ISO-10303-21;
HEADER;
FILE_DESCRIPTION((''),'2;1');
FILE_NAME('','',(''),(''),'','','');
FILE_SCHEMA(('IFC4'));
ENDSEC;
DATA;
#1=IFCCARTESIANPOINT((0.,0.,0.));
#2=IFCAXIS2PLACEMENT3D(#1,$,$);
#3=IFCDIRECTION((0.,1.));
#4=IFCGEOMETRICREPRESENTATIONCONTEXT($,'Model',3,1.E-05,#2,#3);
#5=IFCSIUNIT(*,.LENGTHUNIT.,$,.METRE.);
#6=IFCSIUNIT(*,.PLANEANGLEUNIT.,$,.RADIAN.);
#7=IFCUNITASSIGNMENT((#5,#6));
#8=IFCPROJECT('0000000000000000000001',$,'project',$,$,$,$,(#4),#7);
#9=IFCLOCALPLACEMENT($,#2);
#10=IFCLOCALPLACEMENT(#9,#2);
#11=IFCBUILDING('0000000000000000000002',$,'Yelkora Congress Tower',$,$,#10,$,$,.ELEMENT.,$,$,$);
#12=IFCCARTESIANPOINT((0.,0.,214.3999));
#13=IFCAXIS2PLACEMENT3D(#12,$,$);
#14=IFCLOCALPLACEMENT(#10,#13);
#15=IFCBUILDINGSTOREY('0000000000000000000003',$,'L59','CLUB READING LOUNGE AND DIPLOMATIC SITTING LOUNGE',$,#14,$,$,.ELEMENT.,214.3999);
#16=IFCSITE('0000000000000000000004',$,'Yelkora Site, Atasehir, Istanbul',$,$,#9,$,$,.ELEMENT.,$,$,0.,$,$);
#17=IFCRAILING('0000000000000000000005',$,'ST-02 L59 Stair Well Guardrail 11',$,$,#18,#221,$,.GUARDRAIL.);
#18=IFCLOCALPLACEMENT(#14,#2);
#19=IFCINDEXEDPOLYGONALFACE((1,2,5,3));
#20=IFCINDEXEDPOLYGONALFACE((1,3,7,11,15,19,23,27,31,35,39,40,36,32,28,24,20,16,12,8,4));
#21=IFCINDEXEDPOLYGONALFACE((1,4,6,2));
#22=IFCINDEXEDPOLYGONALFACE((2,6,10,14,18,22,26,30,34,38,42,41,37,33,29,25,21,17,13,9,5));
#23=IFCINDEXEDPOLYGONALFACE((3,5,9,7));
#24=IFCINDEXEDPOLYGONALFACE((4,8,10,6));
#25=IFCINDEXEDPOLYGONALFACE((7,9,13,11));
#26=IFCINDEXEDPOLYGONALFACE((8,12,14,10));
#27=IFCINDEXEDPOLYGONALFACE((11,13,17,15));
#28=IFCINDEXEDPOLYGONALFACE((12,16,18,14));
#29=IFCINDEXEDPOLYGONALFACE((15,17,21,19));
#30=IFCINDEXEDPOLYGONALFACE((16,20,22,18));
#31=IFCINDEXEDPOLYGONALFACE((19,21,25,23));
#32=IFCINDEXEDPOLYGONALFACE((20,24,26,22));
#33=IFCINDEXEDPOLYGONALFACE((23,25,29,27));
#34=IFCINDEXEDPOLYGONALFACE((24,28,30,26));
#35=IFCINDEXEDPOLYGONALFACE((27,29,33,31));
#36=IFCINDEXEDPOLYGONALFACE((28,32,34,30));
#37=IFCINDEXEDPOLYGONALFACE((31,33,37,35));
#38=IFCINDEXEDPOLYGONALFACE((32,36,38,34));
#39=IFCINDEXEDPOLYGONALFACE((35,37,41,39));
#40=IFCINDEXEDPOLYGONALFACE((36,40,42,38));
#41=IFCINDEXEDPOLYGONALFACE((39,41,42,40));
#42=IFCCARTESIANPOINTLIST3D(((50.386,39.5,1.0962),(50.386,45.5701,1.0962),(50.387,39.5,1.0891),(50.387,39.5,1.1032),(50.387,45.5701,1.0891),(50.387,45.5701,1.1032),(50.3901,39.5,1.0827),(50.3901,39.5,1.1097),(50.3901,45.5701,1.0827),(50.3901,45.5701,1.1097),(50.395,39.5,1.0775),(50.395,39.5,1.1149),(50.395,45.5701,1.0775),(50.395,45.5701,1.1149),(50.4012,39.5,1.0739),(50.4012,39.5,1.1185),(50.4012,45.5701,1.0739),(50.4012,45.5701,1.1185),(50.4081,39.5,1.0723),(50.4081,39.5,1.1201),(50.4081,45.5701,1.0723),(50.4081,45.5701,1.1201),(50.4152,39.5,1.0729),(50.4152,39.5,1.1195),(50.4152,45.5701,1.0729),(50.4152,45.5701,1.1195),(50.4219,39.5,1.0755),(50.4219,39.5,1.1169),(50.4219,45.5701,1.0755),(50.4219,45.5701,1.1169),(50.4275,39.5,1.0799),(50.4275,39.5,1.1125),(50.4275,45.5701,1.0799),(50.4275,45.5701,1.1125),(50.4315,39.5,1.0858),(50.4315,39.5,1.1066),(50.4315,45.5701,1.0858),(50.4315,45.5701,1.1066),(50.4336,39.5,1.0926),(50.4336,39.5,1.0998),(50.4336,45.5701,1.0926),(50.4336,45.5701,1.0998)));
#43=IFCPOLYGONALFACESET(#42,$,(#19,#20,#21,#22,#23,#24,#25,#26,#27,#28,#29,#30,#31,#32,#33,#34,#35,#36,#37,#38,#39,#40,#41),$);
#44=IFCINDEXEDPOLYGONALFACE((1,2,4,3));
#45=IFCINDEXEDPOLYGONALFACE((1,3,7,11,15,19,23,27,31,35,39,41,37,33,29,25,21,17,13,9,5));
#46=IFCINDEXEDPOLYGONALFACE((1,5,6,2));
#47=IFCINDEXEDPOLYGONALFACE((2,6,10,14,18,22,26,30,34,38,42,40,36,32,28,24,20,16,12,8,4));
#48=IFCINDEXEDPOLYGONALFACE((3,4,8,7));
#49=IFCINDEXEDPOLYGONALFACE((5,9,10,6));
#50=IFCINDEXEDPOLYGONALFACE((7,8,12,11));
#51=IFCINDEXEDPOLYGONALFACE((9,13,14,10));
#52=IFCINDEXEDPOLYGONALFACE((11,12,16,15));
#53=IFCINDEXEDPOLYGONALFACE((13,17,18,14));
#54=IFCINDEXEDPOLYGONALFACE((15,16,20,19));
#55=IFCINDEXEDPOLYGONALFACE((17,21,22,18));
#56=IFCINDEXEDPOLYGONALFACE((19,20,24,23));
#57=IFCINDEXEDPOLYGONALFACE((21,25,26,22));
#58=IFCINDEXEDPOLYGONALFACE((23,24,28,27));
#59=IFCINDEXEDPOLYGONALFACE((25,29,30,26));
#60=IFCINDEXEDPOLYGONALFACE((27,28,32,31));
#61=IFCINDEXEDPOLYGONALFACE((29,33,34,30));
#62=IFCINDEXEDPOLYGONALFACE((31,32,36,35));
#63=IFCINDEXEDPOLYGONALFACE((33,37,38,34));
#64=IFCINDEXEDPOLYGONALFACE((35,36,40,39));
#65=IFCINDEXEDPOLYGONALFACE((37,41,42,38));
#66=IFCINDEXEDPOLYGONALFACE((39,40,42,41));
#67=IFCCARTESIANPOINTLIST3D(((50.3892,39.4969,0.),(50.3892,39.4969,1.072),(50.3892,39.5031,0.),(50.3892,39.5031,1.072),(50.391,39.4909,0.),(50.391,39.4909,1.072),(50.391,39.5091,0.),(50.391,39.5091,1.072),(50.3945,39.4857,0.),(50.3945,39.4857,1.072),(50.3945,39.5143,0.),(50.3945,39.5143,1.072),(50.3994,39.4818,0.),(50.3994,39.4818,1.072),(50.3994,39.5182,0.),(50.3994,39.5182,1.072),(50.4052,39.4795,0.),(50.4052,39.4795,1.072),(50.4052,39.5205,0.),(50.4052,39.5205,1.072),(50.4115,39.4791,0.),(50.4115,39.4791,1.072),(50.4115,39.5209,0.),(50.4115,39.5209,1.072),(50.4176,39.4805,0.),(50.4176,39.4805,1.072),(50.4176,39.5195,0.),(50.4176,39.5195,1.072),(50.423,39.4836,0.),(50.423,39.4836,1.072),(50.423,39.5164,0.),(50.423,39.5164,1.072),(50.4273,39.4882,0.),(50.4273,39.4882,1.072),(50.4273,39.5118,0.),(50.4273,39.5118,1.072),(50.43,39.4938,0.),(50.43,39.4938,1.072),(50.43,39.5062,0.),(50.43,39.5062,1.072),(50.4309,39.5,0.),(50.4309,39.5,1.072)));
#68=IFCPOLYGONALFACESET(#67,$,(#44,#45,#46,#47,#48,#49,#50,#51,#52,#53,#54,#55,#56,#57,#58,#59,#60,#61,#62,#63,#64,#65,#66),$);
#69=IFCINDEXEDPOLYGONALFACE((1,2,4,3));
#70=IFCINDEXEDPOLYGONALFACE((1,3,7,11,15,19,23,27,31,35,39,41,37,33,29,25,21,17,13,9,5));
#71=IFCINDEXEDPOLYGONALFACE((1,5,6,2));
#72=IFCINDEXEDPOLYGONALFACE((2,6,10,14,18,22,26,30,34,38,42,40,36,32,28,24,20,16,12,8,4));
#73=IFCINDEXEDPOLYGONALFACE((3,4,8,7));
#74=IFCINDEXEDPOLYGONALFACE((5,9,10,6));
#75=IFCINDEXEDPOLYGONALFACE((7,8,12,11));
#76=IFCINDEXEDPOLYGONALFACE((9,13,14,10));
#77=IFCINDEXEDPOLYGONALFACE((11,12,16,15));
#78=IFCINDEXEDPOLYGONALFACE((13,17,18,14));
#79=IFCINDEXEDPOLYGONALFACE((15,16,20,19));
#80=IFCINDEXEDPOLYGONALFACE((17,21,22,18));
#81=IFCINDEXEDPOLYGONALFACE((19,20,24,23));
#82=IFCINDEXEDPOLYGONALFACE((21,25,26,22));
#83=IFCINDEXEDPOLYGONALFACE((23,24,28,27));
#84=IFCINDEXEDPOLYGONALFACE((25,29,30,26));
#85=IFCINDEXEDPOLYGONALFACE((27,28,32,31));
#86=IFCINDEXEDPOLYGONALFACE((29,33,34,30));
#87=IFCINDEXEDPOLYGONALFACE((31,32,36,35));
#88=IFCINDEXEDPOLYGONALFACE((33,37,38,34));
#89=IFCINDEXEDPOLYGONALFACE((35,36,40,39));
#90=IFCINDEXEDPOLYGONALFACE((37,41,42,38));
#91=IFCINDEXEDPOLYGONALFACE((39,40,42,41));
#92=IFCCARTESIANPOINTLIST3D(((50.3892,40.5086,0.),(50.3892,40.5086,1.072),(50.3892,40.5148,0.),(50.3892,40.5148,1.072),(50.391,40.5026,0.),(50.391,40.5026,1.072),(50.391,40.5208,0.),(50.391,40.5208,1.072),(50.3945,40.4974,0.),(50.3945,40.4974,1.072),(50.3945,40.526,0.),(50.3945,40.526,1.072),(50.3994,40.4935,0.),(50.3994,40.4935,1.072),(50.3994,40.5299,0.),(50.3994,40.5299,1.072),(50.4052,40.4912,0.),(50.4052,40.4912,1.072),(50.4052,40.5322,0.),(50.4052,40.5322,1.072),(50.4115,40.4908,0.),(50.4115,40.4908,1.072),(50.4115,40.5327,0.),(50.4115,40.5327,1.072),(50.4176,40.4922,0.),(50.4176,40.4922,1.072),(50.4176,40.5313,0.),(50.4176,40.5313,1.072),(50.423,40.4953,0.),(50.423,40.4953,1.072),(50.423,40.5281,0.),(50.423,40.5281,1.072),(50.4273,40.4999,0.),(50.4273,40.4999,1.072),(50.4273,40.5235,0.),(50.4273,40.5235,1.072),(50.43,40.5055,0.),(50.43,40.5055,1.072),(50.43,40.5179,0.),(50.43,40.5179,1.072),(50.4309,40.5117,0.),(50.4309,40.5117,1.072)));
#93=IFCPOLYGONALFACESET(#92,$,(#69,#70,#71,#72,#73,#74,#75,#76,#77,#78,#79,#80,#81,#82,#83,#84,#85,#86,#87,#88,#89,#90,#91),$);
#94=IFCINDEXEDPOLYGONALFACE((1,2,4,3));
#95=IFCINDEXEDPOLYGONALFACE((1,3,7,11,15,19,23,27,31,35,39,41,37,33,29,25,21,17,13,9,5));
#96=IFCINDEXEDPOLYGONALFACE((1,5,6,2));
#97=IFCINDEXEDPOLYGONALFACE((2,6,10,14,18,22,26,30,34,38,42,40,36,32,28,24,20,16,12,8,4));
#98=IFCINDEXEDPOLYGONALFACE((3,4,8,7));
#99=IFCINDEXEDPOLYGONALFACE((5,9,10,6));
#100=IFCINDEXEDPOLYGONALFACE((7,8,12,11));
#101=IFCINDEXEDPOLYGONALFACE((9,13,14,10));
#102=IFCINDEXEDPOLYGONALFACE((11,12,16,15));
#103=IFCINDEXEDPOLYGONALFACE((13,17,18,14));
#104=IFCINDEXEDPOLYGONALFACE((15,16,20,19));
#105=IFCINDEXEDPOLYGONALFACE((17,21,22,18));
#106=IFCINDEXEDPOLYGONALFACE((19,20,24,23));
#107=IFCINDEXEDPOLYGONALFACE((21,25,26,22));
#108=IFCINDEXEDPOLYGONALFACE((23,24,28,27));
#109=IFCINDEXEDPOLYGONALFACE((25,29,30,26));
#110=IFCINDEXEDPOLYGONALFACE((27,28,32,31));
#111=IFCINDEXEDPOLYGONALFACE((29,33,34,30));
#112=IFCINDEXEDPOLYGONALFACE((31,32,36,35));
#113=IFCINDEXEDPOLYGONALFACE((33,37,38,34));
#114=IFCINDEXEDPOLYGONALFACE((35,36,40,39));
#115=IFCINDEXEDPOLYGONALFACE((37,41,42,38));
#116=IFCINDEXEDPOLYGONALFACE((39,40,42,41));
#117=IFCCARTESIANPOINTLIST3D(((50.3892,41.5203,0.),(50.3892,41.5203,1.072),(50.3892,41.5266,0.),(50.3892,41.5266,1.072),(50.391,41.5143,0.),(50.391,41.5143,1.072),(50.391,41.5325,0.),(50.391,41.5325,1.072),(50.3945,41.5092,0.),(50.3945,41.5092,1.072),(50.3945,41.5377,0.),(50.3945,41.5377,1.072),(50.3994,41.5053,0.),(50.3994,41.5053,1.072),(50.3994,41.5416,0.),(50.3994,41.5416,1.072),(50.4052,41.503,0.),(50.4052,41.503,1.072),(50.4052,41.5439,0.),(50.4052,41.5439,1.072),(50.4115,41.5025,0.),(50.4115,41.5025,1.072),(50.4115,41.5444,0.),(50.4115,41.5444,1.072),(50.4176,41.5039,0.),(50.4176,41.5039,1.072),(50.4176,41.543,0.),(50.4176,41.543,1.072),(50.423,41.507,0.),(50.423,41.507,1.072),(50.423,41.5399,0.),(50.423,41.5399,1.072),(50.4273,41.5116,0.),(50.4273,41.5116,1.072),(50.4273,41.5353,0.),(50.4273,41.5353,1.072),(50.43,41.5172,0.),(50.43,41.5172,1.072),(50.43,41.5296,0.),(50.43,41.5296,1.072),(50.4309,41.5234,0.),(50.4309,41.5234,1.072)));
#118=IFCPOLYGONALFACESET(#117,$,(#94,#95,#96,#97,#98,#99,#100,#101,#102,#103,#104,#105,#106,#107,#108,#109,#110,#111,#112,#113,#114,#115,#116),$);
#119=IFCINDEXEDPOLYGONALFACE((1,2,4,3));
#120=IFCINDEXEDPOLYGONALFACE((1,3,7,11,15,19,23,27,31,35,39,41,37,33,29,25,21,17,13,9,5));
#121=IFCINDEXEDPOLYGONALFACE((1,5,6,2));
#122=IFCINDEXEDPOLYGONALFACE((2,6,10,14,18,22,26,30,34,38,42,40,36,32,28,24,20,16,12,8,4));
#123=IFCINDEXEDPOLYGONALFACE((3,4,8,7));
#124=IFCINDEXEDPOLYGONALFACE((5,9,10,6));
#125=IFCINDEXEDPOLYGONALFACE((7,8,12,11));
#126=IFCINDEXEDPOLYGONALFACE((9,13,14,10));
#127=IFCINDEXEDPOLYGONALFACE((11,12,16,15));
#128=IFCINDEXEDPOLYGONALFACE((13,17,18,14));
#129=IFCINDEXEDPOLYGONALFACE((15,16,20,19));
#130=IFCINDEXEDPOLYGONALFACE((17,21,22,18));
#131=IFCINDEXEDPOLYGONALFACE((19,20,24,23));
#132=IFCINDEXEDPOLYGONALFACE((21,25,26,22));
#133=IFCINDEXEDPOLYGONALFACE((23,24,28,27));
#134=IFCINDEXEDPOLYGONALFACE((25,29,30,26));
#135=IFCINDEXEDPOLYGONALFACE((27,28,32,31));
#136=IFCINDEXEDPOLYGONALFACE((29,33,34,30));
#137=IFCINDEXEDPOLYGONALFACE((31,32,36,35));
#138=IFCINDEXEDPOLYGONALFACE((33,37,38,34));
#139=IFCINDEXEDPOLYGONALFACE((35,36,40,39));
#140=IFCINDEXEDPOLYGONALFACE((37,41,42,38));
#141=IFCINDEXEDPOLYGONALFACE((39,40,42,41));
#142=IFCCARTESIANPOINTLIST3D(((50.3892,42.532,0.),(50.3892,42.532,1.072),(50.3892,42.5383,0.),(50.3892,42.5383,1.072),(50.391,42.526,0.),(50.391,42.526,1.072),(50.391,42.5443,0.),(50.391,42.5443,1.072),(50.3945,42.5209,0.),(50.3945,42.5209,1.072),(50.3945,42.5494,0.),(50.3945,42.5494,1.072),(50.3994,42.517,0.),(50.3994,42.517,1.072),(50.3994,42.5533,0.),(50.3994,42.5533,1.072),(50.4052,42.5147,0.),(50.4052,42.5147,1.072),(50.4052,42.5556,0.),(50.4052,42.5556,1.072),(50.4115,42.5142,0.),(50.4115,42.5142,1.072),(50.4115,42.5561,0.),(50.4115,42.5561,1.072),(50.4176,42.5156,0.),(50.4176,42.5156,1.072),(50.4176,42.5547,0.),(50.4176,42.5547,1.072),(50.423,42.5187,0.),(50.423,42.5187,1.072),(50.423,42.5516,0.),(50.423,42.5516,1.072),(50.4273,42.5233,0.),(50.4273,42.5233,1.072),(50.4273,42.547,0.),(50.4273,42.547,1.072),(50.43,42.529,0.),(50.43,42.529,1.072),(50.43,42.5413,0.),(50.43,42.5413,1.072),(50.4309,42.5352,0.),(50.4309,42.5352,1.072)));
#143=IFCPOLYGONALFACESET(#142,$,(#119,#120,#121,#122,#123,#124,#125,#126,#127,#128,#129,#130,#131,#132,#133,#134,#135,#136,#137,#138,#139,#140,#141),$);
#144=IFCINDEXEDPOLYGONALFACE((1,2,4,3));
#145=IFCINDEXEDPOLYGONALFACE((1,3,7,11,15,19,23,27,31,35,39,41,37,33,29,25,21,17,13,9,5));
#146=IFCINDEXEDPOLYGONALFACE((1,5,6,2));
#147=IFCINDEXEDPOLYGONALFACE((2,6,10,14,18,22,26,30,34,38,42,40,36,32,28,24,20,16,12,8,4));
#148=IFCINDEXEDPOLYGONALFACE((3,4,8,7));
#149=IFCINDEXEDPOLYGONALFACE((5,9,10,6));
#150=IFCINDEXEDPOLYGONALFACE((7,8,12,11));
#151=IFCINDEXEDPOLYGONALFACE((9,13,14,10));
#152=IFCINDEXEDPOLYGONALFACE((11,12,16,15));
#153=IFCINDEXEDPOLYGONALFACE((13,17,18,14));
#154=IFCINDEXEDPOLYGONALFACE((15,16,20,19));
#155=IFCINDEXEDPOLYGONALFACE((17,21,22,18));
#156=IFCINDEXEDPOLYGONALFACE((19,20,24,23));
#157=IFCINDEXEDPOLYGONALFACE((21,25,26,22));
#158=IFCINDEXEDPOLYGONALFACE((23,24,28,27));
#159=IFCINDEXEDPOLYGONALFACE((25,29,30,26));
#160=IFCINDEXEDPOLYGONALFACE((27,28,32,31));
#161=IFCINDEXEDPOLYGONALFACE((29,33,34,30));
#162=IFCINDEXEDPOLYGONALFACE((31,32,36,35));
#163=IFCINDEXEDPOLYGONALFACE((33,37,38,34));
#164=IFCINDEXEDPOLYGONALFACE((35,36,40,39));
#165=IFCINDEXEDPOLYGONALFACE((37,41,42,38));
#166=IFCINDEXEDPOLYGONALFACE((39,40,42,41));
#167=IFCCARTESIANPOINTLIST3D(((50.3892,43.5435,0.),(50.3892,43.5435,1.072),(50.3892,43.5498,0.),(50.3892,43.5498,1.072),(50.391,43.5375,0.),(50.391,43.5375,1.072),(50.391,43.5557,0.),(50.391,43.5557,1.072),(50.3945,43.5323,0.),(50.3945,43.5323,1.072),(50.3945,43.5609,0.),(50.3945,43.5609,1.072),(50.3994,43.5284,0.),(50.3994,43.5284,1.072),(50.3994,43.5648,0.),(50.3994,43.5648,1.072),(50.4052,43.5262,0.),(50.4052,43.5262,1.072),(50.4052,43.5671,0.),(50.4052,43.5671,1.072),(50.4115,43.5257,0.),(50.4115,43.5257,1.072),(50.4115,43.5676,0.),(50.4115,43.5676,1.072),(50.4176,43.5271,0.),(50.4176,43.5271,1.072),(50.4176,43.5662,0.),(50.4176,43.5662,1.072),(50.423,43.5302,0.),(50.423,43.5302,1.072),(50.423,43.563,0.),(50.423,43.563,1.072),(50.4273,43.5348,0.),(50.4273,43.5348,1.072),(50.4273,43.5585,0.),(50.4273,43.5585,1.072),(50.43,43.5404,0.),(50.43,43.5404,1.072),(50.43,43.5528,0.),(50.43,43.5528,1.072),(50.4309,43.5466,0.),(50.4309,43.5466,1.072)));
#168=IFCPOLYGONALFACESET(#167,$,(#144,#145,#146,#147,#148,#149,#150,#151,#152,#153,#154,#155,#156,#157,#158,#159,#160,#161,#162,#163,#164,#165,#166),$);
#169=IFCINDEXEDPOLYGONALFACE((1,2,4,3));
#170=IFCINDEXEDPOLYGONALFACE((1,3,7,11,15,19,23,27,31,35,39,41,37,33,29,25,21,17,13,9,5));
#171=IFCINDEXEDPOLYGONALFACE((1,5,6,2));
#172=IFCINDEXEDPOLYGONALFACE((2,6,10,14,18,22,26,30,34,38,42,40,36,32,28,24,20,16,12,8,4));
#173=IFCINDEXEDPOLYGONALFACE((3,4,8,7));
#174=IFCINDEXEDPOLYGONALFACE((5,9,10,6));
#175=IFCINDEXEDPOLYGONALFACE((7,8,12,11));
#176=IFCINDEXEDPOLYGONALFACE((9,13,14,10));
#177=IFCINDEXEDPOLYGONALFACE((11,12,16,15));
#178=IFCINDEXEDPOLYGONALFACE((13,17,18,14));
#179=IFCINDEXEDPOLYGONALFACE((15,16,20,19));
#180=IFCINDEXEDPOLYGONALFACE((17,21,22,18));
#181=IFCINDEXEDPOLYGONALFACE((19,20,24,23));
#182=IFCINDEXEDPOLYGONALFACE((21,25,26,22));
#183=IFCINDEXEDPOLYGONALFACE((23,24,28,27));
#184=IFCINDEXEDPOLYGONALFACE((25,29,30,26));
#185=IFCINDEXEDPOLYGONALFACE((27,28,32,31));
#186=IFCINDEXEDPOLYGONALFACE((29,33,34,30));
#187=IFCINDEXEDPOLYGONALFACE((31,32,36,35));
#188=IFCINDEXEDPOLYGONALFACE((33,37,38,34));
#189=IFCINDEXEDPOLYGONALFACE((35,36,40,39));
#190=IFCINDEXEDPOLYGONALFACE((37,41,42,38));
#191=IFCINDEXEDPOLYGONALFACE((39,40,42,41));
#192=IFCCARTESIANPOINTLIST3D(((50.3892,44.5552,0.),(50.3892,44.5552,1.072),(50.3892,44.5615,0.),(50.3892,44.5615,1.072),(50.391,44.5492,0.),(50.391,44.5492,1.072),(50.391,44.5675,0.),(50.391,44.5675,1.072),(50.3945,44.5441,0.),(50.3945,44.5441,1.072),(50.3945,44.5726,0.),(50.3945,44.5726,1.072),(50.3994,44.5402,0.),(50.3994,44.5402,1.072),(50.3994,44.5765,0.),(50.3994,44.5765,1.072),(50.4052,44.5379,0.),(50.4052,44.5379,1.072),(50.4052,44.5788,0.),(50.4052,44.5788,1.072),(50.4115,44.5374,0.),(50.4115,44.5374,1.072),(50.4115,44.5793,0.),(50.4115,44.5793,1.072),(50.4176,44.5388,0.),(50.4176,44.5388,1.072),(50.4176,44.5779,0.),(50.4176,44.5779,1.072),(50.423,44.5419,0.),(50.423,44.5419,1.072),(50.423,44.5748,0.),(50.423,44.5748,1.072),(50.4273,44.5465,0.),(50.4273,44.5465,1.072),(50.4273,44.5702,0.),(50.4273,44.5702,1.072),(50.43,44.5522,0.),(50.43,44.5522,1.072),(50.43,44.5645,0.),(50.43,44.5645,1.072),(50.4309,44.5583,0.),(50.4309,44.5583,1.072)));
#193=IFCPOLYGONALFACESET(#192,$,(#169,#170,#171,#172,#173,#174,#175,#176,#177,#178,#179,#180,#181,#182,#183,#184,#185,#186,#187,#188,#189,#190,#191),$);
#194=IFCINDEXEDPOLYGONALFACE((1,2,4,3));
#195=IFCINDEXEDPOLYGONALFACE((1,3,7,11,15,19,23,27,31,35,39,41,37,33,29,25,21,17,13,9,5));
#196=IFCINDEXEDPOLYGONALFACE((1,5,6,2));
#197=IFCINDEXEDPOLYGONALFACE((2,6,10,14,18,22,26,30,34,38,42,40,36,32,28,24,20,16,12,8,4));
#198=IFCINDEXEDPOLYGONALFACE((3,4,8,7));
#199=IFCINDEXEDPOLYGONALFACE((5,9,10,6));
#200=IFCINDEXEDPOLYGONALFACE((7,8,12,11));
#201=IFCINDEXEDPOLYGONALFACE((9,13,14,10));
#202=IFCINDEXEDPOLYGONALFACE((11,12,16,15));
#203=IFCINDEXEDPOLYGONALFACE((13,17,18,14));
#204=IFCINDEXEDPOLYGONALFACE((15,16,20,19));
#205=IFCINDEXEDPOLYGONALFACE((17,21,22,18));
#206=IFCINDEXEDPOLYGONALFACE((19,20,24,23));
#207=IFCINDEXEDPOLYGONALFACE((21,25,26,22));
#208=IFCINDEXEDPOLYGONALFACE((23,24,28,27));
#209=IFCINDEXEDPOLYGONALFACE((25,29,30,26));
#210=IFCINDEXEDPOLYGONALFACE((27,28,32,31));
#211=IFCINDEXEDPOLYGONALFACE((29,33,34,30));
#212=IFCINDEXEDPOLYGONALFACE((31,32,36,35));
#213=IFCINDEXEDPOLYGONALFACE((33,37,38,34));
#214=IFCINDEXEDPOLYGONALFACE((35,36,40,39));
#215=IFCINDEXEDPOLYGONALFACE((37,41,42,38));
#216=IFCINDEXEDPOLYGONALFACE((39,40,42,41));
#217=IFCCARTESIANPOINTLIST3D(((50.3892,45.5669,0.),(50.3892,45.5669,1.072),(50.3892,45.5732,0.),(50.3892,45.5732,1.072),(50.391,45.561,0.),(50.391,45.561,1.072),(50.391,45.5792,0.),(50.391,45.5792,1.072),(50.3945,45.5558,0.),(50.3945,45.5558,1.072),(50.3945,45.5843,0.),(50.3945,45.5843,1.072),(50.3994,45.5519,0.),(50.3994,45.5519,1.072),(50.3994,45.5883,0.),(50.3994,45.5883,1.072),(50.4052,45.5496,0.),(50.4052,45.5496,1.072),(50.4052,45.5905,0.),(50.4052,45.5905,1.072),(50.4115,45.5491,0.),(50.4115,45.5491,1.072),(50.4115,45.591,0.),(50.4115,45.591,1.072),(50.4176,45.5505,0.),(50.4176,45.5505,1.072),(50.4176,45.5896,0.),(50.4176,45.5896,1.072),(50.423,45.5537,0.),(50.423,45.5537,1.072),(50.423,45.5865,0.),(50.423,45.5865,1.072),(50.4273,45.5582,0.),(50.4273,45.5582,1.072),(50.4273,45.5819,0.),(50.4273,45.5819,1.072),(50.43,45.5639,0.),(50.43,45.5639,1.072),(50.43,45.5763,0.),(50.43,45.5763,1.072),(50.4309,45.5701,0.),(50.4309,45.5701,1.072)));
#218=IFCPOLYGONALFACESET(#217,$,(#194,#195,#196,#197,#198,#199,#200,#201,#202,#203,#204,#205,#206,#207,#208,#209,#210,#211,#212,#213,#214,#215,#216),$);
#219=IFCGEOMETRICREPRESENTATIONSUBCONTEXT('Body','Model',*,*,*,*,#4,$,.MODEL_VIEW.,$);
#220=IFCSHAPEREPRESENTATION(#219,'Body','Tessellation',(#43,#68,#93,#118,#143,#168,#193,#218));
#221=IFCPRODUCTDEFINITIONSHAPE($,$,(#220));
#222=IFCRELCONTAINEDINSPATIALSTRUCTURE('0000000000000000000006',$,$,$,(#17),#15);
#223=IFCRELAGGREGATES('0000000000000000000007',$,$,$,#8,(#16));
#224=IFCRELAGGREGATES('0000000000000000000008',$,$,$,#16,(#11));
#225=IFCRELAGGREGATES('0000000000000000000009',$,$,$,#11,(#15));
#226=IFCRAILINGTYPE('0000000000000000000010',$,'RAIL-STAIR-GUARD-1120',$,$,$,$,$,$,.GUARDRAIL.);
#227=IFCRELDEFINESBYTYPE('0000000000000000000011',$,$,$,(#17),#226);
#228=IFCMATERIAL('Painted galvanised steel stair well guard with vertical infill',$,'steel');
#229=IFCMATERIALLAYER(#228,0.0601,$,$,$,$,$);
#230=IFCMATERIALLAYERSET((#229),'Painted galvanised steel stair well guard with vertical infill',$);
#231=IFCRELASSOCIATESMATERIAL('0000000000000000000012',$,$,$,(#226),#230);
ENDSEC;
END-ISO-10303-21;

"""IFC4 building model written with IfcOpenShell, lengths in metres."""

from ifc_helpers import new_model, si_unit, direction, frame, origin, origin_2d, place, context, subcontext, project, spatial, circle, extrude, material, layer, layer_set, type_object, element, save


model = new_model("IFC4")

# Units and contexts
model_context = context("Model", 3, precision=1e-05, world=origin(), true_north=direction((0.0, 1.0)))
body_context = subcontext(model_context, "Body", "Model", "MODEL_VIEW")
ifc_project = project(units=[si_unit("LENGTHUNIT", "METRE"), si_unit("PLANEANGLEUNIT", "RADIAN")], contexts=[model_context])

# Site, building, storey
site_placement = place(None, origin())
site = spatial("IfcSite", under=ifc_project, at=site_placement, Name="Yelkora Site, Atasehir, Istanbul", CompositionType="ELEMENT", RefElevation=0.0)
building_placement = place(site_placement, origin())
building = spatial("IfcBuilding", under=site, at=building_placement, Name="Yelkora Congress Tower", CompositionType="ELEMENT")
storey_placement = place(building_placement, frame((0.0, 0.0, 214.3999)))
storey = spatial("IfcBuildingStorey", under=building, at=storey_placement, Name="L59", Description="CLUB READING LOUNGE AND DIPLOMATIC SITTING LOUNGE", CompositionType="ELEMENT", Elevation=214.3999)

# Railing
ifc_material_1 = material(Name="Painted galvanised steel stair well guard with vertical infill", Category="steel")
ifc_layer_1 = layer(ifc_material_1, 0.0601)
ifc_layer_set_1 = layer_set([ifc_layer_1], Name="Painted galvanised steel stair well guard with vertical infill")
railing_type_1 = type_object("IfcRailingType", Name="RAIL-STAIR-GUARD-1120", PredefinedType="GUARDRAIL", material=ifc_layer_set_1)
railing_1_placement = place(storey_placement, frame((50.4099, 39.5, 0.0)))
element("IfcRailing", 1, at=railing_1_placement, inside=storey, type_object=railing_type_1, Name="ST-02 L59 Stair Well Guardrail 11", PredefinedType="GUARDRAIL", context=body_context, shape_type="SweptSolid", body=[
    extrude(circle(Radius=0.0239, at=origin_2d()), frame((0.0, 0.0, 1.0962), z_axis=(0.0, 1.0, 0.0), x_axis=(-1.0, 0.0, 0.0)), (0.0, 0.0, 1.0), 6.0701),
    extrude(circle(Radius=0.021, at=origin_2d()), origin(), (0.0, 0.0, 1.0), 1.072),
    extrude(circle(Radius=0.021, at=origin_2d()), frame((0.0, 1.0117, 0.0)), (0.0, 0.0, 1.0), 1.072),
    extrude(circle(Radius=0.021, at=origin_2d()), frame((0.0, 2.0234, 0.0)), (0.0, 0.0, 1.0), 1.072),
    extrude(circle(Radius=0.021, at=origin_2d()), frame((0.0, 3.0352, 0.0)), (0.0, 0.0, 1.0), 1.072),
    extrude(circle(Radius=0.021, at=origin_2d()), frame((0.0, 4.0466, 0.0)), (0.0, 0.0, 1.0), 1.072),
    extrude(circle(Radius=0.021, at=origin_2d()), frame((0.0, 5.0583, 0.0)), (0.0, 0.0, 1.0), 1.072),
    extrude(circle(Radius=0.021, at=origin_2d()), frame((0.0, 6.0701, 0.0)), (0.0, 0.0, 1.0), 1.072),
])

save(model, "model.ifc")
